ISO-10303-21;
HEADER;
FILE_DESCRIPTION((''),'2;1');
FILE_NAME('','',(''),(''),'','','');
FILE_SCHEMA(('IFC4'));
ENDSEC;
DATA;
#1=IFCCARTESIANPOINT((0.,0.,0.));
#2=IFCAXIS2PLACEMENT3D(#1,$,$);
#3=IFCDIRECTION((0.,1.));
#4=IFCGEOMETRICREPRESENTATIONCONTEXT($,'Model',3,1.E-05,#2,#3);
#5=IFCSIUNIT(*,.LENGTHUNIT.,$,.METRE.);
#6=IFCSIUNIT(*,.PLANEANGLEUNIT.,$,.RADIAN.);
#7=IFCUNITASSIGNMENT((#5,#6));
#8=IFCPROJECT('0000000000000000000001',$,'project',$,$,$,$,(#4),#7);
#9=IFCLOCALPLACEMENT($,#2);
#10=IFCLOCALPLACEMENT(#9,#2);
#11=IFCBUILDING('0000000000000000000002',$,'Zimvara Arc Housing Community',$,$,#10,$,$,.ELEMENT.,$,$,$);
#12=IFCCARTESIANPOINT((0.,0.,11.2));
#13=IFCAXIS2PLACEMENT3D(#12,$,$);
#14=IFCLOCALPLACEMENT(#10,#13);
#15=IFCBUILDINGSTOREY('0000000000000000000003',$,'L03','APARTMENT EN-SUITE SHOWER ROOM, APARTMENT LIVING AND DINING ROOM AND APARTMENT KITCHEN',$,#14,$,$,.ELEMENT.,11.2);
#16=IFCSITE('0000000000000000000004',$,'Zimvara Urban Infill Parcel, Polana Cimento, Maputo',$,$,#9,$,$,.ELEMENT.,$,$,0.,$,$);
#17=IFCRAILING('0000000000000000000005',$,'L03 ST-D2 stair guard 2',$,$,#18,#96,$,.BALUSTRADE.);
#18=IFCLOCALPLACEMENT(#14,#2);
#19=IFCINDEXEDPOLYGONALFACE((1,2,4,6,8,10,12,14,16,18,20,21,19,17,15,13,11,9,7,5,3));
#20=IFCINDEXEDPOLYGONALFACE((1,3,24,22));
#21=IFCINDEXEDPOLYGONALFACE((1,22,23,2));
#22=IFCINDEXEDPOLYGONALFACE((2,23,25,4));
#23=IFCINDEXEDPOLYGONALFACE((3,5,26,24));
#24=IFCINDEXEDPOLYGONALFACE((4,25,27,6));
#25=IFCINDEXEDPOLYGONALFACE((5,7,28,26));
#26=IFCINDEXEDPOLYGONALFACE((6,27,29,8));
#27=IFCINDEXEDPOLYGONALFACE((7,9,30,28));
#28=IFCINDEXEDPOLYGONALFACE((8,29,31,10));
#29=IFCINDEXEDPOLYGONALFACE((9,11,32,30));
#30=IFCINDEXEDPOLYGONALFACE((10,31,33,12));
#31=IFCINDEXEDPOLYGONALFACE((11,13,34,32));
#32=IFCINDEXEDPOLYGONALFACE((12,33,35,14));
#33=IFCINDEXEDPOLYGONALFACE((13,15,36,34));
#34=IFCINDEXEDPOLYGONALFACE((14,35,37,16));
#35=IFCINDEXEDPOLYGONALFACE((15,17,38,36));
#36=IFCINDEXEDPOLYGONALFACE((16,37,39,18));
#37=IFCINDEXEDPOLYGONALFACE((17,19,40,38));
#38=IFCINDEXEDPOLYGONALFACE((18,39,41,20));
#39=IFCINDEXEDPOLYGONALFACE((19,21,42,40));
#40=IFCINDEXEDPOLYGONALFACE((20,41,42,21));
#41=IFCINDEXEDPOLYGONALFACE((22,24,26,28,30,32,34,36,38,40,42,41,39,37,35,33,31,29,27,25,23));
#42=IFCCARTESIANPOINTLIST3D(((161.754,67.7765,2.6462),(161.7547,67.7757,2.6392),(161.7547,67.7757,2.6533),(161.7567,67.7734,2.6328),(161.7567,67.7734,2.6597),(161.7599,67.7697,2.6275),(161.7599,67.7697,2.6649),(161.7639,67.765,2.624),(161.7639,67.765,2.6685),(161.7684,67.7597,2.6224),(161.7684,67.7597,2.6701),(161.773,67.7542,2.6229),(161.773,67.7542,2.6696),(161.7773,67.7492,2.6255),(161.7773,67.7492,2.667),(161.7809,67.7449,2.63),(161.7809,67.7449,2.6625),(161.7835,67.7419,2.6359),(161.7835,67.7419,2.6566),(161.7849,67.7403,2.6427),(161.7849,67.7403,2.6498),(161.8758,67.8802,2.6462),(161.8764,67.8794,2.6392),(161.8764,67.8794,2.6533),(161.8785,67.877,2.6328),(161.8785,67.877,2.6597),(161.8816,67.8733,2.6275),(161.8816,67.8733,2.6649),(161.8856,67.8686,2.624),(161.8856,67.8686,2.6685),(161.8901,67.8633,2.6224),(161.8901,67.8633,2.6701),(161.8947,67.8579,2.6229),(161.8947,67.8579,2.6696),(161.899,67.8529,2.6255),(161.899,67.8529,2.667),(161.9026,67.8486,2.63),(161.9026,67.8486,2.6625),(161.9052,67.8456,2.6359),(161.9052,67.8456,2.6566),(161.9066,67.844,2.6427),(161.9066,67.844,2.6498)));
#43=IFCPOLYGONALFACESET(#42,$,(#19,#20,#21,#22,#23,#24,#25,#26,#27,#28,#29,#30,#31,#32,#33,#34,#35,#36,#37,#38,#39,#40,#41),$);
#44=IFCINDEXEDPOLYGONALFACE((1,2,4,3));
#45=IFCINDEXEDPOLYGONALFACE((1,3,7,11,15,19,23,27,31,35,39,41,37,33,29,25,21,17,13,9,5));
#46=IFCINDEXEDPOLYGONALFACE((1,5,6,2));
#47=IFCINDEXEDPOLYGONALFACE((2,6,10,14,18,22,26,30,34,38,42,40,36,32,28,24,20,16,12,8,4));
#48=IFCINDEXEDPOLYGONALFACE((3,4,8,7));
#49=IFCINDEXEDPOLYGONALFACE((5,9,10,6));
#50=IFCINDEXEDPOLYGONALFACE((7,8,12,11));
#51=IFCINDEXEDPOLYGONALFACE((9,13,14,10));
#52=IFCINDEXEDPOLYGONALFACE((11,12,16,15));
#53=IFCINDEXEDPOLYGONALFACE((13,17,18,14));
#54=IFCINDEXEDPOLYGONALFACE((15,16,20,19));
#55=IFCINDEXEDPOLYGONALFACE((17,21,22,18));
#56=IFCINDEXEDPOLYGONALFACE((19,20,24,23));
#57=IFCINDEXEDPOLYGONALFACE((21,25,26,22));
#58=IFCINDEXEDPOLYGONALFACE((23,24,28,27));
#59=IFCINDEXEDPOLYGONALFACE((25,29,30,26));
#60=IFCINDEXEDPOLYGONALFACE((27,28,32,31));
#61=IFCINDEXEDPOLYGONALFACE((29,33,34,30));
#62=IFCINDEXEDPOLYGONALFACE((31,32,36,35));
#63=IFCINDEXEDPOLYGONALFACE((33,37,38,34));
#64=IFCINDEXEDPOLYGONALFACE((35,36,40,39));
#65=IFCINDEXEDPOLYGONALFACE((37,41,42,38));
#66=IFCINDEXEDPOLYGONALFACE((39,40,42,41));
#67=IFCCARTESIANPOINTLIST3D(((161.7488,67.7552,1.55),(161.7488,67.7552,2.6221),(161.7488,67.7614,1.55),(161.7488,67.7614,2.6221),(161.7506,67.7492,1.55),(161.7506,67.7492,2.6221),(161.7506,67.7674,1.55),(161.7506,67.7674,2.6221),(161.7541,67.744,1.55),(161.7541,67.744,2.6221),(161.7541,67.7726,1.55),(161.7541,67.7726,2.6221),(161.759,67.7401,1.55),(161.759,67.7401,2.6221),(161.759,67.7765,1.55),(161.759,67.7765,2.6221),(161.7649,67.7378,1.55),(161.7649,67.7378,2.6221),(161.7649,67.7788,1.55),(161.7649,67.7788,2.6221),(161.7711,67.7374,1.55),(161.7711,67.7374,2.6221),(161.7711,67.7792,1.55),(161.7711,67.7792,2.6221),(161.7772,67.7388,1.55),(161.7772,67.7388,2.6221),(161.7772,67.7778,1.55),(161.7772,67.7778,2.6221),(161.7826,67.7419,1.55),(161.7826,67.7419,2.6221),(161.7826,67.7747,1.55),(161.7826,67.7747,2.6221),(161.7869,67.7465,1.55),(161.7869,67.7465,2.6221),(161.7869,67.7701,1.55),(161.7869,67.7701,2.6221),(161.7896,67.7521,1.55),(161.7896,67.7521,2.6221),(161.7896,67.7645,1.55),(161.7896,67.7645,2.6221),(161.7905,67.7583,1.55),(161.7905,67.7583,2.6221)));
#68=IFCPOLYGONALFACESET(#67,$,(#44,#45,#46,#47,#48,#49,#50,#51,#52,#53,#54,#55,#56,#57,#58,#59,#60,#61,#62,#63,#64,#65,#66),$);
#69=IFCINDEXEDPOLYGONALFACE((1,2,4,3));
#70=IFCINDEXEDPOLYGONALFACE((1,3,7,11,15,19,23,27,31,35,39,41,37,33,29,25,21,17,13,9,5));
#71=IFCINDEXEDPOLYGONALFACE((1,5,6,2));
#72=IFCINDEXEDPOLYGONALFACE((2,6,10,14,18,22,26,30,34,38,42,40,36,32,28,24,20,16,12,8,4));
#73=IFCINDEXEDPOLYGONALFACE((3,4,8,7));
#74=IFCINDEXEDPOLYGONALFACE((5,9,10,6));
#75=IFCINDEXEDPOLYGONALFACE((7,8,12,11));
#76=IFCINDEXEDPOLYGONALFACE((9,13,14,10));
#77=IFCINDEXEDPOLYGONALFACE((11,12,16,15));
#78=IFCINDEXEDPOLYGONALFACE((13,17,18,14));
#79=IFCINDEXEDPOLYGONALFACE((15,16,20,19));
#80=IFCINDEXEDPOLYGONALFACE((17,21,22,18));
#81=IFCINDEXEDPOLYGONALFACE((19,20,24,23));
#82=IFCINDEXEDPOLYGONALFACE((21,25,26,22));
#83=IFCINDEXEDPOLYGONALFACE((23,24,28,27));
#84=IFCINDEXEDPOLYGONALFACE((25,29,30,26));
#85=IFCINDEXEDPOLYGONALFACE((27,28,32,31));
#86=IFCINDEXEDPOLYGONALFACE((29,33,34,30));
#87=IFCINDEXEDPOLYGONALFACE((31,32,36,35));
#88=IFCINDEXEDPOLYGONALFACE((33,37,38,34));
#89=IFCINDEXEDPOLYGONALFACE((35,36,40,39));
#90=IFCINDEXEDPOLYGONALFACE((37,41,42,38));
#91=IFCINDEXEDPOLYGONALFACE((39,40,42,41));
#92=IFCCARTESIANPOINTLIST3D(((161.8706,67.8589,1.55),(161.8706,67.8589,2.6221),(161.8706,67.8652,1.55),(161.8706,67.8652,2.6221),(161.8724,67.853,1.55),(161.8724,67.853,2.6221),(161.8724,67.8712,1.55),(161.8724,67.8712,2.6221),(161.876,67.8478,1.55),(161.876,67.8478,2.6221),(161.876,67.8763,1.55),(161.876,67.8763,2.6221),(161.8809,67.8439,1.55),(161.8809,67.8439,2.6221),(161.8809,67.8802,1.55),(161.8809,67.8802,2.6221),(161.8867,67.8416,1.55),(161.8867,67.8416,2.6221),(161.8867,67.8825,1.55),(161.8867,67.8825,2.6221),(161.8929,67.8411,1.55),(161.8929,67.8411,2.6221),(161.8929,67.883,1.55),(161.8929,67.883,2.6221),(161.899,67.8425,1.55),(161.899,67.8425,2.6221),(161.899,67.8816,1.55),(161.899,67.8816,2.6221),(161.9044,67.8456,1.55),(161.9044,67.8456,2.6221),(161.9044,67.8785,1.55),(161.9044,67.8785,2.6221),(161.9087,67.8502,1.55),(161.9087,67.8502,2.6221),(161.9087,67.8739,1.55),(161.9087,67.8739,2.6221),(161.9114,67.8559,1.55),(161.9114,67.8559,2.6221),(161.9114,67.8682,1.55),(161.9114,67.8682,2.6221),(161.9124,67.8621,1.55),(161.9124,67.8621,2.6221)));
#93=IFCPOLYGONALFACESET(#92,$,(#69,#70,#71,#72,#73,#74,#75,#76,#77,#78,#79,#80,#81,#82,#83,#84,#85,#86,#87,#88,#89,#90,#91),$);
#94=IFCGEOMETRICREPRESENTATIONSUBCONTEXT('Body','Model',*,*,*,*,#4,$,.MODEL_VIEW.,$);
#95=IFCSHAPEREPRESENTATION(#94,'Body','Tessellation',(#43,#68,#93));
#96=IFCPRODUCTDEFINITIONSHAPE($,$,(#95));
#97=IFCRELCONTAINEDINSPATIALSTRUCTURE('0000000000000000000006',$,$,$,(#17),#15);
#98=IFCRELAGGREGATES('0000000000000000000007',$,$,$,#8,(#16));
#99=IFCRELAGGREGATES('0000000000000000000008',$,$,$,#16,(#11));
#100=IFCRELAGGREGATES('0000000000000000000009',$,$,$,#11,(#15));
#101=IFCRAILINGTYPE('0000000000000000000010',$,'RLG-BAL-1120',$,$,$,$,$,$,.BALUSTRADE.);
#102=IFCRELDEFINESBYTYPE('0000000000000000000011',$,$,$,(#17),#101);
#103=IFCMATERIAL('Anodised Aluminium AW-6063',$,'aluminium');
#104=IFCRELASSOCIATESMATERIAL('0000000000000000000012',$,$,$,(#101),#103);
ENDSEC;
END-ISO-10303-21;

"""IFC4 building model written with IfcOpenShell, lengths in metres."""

from ifc_helpers import new_model, si_unit, direction, frame, origin, origin_2d, place, context, subcontext, project, spatial, circle, extrude, material, type_object, element, save


model = new_model("IFC4")

# Units and contexts
model_context = context("Model", 3, precision=1e-05, world=origin(), true_north=direction((0.0, 1.0)))
body_context = subcontext(model_context, "Body", "Model", "MODEL_VIEW")
ifc_project = project(units=[si_unit("LENGTHUNIT", "METRE"), si_unit("PLANEANGLEUNIT", "RADIAN")], contexts=[model_context])

# Site, building, storey
site_placement = place(None, origin())
site = spatial("IfcSite", under=ifc_project, at=site_placement, Name="Zimvara Urban Infill Parcel, Polana Cimento, Maputo", CompositionType="ELEMENT", RefElevation=0.0)
building_placement = place(site_placement, origin())
building = spatial("IfcBuilding", under=site, at=building_placement, Name="Zimvara Arc Housing Community", CompositionType="ELEMENT")
storey_placement = place(building_placement, frame((0.0, 0.0, 11.2)))
storey = spatial("IfcBuildingStorey", under=building, at=storey_placement, Name="L03", Description="APARTMENT EN-SUITE SHOWER ROOM, APARTMENT LIVING AND DINING ROOM AND APARTMENT KITCHEN", CompositionType="ELEMENT", Elevation=11.2)

# Railing
ifc_material_1 = material(Name="Anodised Aluminium AW-6063", Category="aluminium")
railing_type_1 = type_object("IfcRailingType", Name="RLG-BAL-1120", PredefinedType="BALUSTRADE", material=ifc_material_1)
railing_1_placement = place(storey_placement, frame((161.7695, 67.7583, 1.55)))
element("IfcRailing", 1, at=railing_1_placement, inside=storey, type_object=railing_type_1, Name="L03 ST-D2 stair guard 2", PredefinedType="BALUSTRADE", context=body_context, shape_type="SweptSolid", body=[
    extrude(circle(Radius=0.0239, at=origin_2d()), frame((0.0, 0.0, 1.0962), z_axis=(0.761299, 0.648401, 0.0), x_axis=(-0.648401, 0.761299, 0.0)), (0.0, 0.0, 1.0), 0.1599),
    extrude(circle(Radius=0.021, at=origin_2d()), origin(), (0.0, 0.0, 1.0), 1.072),
    extrude(circle(Radius=0.021, at=origin_2d()), frame((0.1218, 0.1038, 0.0)), (0.0, 0.0, 1.0), 1.072),
])

save(model, "model.ifc")
